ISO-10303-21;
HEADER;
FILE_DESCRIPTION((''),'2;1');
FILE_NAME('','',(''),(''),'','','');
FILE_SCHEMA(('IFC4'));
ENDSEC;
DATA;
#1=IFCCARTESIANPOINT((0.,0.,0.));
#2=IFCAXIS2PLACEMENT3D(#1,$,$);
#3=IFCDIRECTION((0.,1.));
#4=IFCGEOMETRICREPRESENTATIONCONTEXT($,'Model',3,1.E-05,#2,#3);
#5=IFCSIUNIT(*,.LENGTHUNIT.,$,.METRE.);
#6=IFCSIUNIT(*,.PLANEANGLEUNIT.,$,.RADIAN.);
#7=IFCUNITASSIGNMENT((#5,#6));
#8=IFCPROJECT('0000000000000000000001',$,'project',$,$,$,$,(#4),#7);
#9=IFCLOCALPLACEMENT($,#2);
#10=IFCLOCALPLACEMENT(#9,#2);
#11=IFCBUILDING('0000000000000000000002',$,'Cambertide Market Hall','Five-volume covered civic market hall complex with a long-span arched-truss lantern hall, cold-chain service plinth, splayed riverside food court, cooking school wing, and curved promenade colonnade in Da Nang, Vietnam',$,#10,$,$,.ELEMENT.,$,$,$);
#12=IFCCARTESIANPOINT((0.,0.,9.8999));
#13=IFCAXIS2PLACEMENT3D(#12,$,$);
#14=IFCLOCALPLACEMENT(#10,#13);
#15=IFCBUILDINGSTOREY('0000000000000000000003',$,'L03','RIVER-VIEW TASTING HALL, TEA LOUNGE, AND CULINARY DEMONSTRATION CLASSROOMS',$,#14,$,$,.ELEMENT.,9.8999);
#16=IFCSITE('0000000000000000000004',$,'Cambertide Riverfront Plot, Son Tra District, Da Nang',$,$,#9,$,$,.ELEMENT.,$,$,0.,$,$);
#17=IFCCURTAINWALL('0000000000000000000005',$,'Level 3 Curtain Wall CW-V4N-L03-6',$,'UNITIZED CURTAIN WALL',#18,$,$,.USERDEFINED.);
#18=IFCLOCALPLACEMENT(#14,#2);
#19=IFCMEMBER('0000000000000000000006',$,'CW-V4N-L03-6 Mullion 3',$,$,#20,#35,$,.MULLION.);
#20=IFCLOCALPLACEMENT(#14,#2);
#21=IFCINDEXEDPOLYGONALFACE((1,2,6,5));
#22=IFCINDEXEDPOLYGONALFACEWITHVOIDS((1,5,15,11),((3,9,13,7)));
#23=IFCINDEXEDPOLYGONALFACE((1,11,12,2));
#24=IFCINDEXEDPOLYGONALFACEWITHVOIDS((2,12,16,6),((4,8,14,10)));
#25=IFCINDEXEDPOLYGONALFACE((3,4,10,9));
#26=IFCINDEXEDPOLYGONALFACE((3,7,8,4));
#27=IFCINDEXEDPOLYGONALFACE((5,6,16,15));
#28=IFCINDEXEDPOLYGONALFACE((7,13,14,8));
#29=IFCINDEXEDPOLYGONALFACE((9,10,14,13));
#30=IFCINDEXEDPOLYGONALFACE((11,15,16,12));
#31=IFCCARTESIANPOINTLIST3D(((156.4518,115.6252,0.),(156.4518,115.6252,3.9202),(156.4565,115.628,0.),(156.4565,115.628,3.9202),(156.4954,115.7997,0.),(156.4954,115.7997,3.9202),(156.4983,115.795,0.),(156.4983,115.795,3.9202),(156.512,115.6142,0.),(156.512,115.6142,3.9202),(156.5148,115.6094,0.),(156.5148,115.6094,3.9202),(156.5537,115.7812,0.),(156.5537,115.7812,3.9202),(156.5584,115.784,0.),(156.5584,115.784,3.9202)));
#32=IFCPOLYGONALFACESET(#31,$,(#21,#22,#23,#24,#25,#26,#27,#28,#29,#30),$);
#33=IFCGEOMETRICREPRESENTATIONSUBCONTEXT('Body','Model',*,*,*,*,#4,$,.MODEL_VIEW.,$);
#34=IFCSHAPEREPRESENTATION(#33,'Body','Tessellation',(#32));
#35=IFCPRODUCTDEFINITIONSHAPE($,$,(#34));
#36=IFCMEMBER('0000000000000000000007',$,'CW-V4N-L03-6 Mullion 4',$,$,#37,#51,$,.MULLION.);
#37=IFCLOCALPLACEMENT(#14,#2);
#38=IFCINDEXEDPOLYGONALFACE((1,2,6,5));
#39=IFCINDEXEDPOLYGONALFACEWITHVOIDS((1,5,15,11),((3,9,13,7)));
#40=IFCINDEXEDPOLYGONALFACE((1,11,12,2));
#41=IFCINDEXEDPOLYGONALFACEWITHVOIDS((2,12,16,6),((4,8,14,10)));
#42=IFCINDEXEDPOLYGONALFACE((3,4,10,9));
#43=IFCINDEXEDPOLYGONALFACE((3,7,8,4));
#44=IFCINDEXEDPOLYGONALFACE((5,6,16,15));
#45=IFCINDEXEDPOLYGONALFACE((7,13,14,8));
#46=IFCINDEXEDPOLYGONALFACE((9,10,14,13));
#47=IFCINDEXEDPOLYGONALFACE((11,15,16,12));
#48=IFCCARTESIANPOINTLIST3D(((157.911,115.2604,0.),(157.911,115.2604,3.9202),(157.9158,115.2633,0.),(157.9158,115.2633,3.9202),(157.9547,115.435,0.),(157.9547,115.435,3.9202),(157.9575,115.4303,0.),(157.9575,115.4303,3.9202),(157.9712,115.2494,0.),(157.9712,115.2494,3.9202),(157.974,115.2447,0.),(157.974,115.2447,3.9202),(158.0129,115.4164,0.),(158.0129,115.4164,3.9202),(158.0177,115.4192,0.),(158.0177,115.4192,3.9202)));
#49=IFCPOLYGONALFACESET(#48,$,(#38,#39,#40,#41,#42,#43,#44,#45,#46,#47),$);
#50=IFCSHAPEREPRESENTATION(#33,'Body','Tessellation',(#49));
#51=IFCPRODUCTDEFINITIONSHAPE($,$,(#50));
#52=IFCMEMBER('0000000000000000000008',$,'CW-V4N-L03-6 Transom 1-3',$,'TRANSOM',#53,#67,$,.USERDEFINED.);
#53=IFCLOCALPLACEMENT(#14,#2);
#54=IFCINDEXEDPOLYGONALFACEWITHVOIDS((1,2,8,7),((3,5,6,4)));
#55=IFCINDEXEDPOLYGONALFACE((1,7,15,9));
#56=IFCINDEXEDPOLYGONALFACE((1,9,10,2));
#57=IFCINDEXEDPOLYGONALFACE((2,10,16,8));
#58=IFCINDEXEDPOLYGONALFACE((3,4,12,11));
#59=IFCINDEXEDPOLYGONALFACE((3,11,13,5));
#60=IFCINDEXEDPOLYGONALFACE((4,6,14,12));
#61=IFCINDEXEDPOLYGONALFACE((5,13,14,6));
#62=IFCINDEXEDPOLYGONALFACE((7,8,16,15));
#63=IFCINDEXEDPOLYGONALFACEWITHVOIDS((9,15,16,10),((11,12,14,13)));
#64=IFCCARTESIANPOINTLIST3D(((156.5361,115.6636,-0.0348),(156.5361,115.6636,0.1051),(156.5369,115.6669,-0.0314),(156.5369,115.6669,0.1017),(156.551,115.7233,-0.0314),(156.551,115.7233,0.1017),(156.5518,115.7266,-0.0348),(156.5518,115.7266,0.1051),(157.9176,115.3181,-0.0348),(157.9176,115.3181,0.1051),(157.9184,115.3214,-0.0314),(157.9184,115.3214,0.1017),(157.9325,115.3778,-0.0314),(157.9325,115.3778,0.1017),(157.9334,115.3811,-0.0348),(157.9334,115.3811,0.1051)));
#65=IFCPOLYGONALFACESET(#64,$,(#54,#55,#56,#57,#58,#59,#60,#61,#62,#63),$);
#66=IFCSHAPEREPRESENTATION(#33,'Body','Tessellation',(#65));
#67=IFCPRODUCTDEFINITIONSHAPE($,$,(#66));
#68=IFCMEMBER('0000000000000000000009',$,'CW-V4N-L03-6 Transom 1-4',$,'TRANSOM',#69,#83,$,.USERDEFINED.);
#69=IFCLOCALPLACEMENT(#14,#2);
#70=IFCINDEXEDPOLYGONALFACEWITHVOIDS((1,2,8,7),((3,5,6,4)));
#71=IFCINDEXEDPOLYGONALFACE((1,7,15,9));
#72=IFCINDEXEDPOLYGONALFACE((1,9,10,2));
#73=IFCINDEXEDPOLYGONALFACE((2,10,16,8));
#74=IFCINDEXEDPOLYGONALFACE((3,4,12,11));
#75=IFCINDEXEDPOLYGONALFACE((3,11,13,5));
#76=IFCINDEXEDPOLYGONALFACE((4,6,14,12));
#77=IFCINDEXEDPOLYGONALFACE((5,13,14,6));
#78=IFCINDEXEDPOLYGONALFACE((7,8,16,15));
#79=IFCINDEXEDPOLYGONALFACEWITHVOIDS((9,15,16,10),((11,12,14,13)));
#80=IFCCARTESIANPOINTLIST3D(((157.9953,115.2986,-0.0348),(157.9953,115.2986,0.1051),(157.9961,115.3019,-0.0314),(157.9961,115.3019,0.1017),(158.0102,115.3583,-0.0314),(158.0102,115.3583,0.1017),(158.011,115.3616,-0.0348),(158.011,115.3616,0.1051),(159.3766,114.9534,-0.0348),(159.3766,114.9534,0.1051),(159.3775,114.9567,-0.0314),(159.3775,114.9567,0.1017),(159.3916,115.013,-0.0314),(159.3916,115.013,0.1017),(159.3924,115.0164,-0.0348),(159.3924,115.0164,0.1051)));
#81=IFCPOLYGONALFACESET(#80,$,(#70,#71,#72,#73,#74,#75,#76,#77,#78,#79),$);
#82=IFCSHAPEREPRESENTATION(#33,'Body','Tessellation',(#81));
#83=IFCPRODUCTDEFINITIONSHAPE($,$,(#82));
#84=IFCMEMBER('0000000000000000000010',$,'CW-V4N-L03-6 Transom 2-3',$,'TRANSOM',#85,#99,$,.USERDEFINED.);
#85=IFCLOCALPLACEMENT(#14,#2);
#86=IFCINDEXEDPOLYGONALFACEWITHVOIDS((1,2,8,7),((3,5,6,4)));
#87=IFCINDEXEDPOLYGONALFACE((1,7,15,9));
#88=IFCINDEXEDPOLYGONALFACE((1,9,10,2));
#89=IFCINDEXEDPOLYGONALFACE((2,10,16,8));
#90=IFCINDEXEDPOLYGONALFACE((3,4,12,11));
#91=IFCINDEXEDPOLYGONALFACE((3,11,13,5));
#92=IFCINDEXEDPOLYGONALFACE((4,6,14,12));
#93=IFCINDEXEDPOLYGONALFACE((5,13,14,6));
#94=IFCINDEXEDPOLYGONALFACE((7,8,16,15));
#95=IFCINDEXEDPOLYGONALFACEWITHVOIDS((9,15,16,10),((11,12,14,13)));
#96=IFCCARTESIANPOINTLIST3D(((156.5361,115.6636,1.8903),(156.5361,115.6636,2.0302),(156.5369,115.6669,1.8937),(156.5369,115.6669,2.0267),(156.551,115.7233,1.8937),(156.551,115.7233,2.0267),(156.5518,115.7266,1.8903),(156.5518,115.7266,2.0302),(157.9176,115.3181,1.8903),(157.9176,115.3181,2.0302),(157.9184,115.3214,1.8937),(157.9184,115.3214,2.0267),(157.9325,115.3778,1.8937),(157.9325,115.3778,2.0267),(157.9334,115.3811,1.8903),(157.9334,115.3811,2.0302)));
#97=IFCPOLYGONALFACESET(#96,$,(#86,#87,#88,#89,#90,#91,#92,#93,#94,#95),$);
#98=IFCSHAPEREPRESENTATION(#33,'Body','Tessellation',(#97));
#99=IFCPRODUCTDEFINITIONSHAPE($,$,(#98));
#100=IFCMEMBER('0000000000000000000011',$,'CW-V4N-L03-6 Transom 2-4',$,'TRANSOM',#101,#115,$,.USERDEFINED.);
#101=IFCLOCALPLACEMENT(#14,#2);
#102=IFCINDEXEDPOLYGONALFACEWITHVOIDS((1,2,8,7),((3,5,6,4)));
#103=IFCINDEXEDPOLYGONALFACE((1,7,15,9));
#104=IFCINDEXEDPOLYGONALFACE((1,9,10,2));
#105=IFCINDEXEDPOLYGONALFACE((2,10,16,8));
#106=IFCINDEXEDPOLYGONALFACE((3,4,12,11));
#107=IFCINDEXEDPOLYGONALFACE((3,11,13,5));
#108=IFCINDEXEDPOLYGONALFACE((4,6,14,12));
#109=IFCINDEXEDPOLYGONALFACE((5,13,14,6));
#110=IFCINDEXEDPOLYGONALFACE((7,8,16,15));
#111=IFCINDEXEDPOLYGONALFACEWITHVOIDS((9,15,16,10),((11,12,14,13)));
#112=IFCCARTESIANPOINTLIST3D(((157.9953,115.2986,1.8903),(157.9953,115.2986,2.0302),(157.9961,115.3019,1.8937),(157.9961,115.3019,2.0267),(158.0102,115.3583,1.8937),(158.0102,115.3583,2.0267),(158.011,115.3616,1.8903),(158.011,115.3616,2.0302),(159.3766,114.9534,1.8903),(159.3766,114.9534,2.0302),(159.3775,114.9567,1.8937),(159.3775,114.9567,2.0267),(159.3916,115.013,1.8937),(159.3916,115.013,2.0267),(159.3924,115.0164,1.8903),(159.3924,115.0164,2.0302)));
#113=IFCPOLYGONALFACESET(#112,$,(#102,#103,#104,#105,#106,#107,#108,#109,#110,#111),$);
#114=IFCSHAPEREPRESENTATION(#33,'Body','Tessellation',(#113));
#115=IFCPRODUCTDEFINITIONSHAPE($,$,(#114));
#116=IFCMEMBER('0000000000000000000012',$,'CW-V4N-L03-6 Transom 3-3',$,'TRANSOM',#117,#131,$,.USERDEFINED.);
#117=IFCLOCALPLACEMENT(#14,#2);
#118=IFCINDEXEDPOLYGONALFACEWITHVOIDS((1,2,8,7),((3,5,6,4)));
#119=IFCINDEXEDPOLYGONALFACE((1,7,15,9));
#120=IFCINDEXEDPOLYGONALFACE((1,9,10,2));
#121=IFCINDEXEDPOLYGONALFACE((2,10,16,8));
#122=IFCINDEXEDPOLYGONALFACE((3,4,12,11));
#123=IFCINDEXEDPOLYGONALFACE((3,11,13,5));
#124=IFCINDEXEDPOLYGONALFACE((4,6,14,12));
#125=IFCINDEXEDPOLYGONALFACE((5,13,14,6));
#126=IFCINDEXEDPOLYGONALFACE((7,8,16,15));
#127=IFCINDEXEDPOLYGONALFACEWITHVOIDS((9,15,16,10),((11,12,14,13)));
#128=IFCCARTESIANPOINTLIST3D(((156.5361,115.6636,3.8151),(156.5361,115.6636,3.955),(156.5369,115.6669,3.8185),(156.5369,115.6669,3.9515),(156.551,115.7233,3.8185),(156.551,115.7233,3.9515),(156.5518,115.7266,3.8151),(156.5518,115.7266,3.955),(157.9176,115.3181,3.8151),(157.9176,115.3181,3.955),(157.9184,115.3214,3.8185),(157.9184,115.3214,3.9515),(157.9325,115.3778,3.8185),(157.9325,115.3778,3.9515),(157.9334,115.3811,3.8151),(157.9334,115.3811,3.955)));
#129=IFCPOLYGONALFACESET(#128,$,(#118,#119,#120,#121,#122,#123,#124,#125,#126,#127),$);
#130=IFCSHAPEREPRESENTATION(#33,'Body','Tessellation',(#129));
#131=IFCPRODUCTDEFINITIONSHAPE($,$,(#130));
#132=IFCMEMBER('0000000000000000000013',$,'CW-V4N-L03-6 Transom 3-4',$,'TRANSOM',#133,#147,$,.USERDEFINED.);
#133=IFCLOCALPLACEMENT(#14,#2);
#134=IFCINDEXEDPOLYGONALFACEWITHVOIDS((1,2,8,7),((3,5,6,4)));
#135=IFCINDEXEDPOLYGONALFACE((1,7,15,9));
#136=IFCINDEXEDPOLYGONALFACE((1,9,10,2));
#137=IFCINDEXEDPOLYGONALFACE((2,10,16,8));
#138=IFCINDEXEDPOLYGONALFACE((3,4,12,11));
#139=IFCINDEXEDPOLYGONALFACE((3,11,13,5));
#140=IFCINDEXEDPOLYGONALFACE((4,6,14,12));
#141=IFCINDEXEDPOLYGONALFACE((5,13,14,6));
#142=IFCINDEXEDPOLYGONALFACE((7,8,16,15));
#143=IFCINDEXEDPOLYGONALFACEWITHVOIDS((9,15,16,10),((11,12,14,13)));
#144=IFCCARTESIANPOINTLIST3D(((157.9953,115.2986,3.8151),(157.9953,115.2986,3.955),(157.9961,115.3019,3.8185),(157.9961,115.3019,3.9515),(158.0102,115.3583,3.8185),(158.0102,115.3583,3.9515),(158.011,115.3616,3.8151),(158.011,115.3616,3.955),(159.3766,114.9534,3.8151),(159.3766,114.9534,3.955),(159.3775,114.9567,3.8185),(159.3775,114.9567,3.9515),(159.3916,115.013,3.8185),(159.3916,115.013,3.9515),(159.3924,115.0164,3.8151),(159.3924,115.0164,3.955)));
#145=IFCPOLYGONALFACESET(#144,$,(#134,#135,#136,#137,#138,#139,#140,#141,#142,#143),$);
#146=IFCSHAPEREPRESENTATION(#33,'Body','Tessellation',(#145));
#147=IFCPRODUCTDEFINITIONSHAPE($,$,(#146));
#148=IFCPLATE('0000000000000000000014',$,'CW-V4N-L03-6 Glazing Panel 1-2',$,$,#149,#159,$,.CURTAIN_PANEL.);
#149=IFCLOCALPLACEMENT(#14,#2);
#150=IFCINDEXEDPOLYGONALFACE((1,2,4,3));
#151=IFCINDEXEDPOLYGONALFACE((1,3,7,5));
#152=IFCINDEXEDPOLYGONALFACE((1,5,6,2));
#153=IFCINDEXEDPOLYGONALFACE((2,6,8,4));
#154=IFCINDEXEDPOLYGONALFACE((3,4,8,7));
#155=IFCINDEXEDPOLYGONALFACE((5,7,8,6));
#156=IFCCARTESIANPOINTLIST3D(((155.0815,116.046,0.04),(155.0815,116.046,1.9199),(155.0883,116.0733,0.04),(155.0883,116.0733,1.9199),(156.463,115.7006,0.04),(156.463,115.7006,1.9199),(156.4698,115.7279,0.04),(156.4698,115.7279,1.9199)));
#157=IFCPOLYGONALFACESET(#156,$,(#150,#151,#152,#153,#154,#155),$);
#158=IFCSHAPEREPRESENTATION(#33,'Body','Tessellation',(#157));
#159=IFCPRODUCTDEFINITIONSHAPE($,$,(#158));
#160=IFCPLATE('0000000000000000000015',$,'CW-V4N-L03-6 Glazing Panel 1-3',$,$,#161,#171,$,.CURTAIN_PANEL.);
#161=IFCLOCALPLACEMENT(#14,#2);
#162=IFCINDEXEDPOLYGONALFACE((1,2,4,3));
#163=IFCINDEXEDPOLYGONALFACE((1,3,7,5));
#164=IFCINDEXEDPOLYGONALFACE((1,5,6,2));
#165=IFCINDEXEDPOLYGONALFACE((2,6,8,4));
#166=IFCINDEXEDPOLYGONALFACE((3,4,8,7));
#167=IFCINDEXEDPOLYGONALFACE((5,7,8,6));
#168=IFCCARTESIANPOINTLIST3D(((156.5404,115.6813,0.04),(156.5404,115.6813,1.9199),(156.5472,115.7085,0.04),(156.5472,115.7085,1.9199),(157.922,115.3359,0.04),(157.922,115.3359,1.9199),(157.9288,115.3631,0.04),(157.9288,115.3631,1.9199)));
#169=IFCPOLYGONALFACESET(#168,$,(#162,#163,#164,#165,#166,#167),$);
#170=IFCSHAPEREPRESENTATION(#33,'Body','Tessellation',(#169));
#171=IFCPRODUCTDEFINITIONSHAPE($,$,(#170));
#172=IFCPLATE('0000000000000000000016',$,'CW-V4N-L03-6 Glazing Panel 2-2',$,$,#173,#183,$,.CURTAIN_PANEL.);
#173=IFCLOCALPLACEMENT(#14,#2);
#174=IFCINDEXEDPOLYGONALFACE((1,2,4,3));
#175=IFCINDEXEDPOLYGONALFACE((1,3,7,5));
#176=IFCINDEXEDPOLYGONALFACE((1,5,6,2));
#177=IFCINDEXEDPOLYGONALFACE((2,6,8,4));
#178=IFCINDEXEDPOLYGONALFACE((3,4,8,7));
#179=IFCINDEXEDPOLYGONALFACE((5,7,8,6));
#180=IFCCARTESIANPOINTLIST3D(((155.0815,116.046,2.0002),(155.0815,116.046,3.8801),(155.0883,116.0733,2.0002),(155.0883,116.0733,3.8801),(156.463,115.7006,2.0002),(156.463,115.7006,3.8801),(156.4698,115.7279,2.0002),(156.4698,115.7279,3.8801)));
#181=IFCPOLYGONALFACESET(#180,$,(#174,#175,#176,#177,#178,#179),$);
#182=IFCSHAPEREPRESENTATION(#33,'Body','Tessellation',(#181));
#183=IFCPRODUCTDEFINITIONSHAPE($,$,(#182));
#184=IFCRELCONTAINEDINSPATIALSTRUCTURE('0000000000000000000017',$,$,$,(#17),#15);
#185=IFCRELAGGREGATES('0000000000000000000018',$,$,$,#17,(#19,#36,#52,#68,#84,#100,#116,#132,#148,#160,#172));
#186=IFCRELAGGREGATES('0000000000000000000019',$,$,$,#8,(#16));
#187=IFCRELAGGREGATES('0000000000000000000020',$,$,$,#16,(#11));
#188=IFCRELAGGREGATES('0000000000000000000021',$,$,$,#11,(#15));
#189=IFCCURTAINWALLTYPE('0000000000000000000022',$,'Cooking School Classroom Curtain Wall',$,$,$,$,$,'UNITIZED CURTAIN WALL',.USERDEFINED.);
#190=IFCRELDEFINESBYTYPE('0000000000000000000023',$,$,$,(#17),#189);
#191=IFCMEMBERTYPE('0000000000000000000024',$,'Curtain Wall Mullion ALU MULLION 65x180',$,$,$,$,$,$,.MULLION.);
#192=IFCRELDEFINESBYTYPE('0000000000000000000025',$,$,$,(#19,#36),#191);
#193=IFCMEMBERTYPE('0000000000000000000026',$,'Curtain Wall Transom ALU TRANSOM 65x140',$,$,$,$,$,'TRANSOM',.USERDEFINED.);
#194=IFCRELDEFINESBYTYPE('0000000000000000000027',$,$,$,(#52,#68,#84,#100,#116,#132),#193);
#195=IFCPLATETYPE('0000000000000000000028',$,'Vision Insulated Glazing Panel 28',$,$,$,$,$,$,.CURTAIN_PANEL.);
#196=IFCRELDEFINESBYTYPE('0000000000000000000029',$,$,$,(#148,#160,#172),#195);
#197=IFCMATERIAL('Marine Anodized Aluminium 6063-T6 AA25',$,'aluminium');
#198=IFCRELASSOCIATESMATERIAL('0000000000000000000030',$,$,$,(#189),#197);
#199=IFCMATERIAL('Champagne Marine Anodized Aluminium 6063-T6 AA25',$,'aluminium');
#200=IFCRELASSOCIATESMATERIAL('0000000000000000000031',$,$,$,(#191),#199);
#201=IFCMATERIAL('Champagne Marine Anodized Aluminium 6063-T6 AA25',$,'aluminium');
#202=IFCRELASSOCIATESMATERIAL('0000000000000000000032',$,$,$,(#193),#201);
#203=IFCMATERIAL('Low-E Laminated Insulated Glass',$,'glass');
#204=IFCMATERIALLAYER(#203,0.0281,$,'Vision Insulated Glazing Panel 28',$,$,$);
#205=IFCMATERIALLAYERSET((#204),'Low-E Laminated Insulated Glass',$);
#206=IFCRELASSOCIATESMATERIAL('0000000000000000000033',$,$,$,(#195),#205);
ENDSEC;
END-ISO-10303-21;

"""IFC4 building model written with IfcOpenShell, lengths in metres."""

from ifc_helpers import new_model, si_unit, direction, frame, origin, origin_2d, place, context, subcontext, project, spatial, rectangle, hollow_rectangle, extrude, material, layer, layer_set, material_profile, profile_set, type_object, element, aggregate, save


model = new_model("IFC4")

# Units and contexts
model_context = context("Model", 3, precision=1e-05, world=origin(), true_north=direction((0.0, 1.0)))
body_context = subcontext(model_context, "Body", "Model", "MODEL_VIEW")
ifc_project = project(units=[si_unit("LENGTHUNIT", "METRE"), si_unit("PLANEANGLEUNIT", "RADIAN")], contexts=[model_context])

# Site, building, storey
site_placement = place(None, origin())
site = spatial("IfcSite", under=ifc_project, at=site_placement, Name="Cambertide Riverfront Plot, Son Tra District, Da Nang", CompositionType="ELEMENT", RefElevation=0.0)
building_placement = place(site_placement, origin())
building = spatial("IfcBuilding", under=site, at=building_placement, Name="Cambertide Market Hall", Description="Five-volume covered civic market hall complex with a long-span arched-truss lantern hall, cold-chain service plinth, splayed riverside food court, cooking school wing, and curved promenade colonnade in Da Nang, Vietnam", CompositionType="ELEMENT")
storey_placement = place(building_placement, frame((0.0, 0.0, 9.8999)))
storey = spatial("IfcBuildingStorey", under=building, at=storey_placement, Name="L03", Description="RIVER-VIEW TASTING HALL, TEA LOUNGE, AND CULINARY DEMONSTRATION CLASSROOMS", CompositionType="ELEMENT", Elevation=9.8999)

# Curtain wall, members, plates
ifc_material_1 = material(Name="Marine Anodized Aluminium 6063-T6 AA25", Category="aluminium")
curtain_wall_type = type_object("IfcCurtainWallType", Name="Cooking School Classroom Curtain Wall", ElementType="UNITIZED CURTAIN WALL", PredefinedType="USERDEFINED", material=ifc_material_1)
curtain_wall_placement = place(storey_placement, origin())
curtain_wall = element("IfcCurtainWall", 1, at=curtain_wall_placement, inside=storey, type_object=curtain_wall_type, Name="Level 3 Curtain Wall CW-V4N-L03-6", ObjectType="UNITIZED CURTAIN WALL", PredefinedType="USERDEFINED")
ifc_material_2 = material(Name="Champagne Marine Anodized Aluminium 6063-T6 AA25", Category="aluminium")
ifc_material_profile_1 = material_profile(ifc_material_2, hollow_rectangle(XDim=0.0649, YDim=0.1799, WallThickness=0.0039, at=origin_2d()), Name="ALU MULLION 65x180")
ifc_profile_set_1 = profile_set([ifc_material_profile_1], Name="Champagne Marine Anodized Aluminium 6063-T6 AA25")
member_type_1 = type_object("IfcMemberType", Name="Curtain Wall Mullion ALU MULLION 65x180", PredefinedType="MULLION", material=ifc_profile_set_1)
member_1_placement = place(storey_placement, frame((156.5051, 115.7046, 0.0), z_axis=(0.0, 0.0, 1.0), x_axis=(0.970143, -0.242536, 0.0)))
member_1 = element("IfcMember", 2, at=member_1_placement, type_object=member_type_1, Name="CW-V4N-L03-6 Mullion 3", PredefinedType="MULLION", context=body_context, shape_type="SweptSolid", body=[
    extrude(hollow_rectangle(XDim=0.0649, YDim=0.1799, WallThickness=0.0039, at=origin_2d()), origin(), (0.0, 0.0, 1.0), 3.9202),
])
member_2_placement = place(storey_placement, frame((157.9644, 115.3398, 0.0), z_axis=(0.0, 0.0, 1.0), x_axis=(0.970143, -0.242536, 0.0)))
member_2 = element("IfcMember", 3, at=member_2_placement, type_object=member_type_1, Name="CW-V4N-L03-6 Mullion 4", PredefinedType="MULLION", context=body_context, shape_type="SweptSolid", body=[
    extrude(hollow_rectangle(XDim=0.0649, YDim=0.1799, WallThickness=0.0039, at=origin_2d()), origin(), (0.0, 0.0, 1.0), 3.9202),
])
ifc_material_3 = material(Name="Champagne Marine Anodized Aluminium 6063-T6 AA25", Category="aluminium")
ifc_material_profile_2 = material_profile(ifc_material_3, hollow_rectangle(XDim=0.0649, YDim=0.1399, WallThickness=0.0034, at=origin_2d()), Name="ALU TRANSOM 65x140")
ifc_profile_set_2 = profile_set([ifc_material_profile_2], Name="Champagne Marine Anodized Aluminium 6063-T6 AA25")
member_type_2 = type_object("IfcMemberType", Name="Curtain Wall Transom ALU TRANSOM 65x140", ElementType="TRANSOM", PredefinedType="USERDEFINED", material=ifc_profile_set_2)
member_3_placement = place(storey_placement, frame((156.5439, 115.6951, 0.0352), z_axis=(0.970132, -0.242576, 0.0), x_axis=(0.242576, 0.970132, 0.0)))
member_3 = element("IfcMember", 4, at=member_3_placement, type_object=member_type_2, Name="CW-V4N-L03-6 Transom 1-3", ObjectType="TRANSOM", PredefinedType="USERDEFINED", context=body_context, shape_type="SweptSolid", body=[
    extrude(hollow_rectangle(XDim=0.0649, YDim=0.1399, WallThickness=0.0034, at=origin_2d()), origin(), (0.0, 0.0, 1.0), 1.4241),
])
member_4_placement = place(storey_placement, frame((158.0032, 115.3301, 0.0352), z_axis=(0.970163, -0.242455, 0.0), x_axis=(0.242455, 0.970163, 0.0)))
member_4 = element("IfcMember", 5, at=member_4_placement, type_object=member_type_2, Name="CW-V4N-L03-6 Transom 1-4", ObjectType="TRANSOM", PredefinedType="USERDEFINED", context=body_context, shape_type="SweptSolid", body=[
    extrude(hollow_rectangle(XDim=0.0649, YDim=0.1399, WallThickness=0.0034, at=origin_2d()), origin(), (0.0, 0.0, 1.0), 1.4238),
])
member_5_placement = place(storey_placement, frame((156.5439, 115.6951, 1.9602), z_axis=(0.970132, -0.242576, 0.0), x_axis=(0.242576, 0.970132, 0.0)))
member_5 = element("IfcMember", 6, at=member_5_placement, type_object=member_type_2, Name="CW-V4N-L03-6 Transom 2-3", ObjectType="TRANSOM", PredefinedType="USERDEFINED", context=body_context, shape_type="SweptSolid", body=[
    extrude(hollow_rectangle(XDim=0.0649, YDim=0.1399, WallThickness=0.0034, at=origin_2d()), origin(), (0.0, 0.0, 1.0), 1.4241),
])
member_6_placement = place(storey_placement, frame((158.0032, 115.3301, 1.9602), z_axis=(0.970163, -0.242455, 0.0), x_axis=(0.242455, 0.970163, 0.0)))
member_6 = element("IfcMember", 7, at=member_6_placement, type_object=member_type_2, Name="CW-V4N-L03-6 Transom 2-4", ObjectType="TRANSOM", PredefinedType="USERDEFINED", context=body_context, shape_type="SweptSolid", body=[
    extrude(hollow_rectangle(XDim=0.0649, YDim=0.1399, WallThickness=0.0034, at=origin_2d()), origin(), (0.0, 0.0, 1.0), 1.4238),
])
member_7_placement = place(storey_placement, frame((156.5439, 115.6951, 3.885), z_axis=(0.970132, -0.242576, 0.0), x_axis=(0.242576, 0.970132, 0.0)))
member_7 = element("IfcMember", 8, at=member_7_placement, type_object=member_type_2, Name="CW-V4N-L03-6 Transom 3-3", ObjectType="TRANSOM", PredefinedType="USERDEFINED", context=body_context, shape_type="SweptSolid", body=[
    extrude(hollow_rectangle(XDim=0.0649, YDim=0.1399, WallThickness=0.0034, at=origin_2d()), origin(), (0.0, 0.0, 1.0), 1.4241),
])
member_8_placement = place(storey_placement, frame((158.0032, 115.3301, 3.885), z_axis=(0.970163, -0.242455, 0.0), x_axis=(0.242455, 0.970163, 0.0)))
member_8 = element("IfcMember", 9, at=member_8_placement, type_object=member_type_2, Name="CW-V4N-L03-6 Transom 3-4", ObjectType="TRANSOM", PredefinedType="USERDEFINED", context=body_context, shape_type="SweptSolid", body=[
    extrude(hollow_rectangle(XDim=0.0649, YDim=0.1399, WallThickness=0.0034, at=origin_2d()), origin(), (0.0, 0.0, 1.0), 1.4238),
])
ifc_material_4 = material(Name="Low-E Laminated Insulated Glass", Category="glass")
ifc_layer_1 = layer(ifc_material_4, 0.0281, Name="Vision Insulated Glazing Panel 28")
ifc_layer_set_1 = layer_set([ifc_layer_1], Name="Low-E Laminated Insulated Glass")
plate_type = type_object("IfcPlateType", Name="Vision Insulated Glazing Panel 28", PredefinedType="CURTAIN_PANEL", material=ifc_layer_set_1)
plate_1_placement = place(storey_placement, frame((155.7756, 115.887, 0.04), z_axis=(0.0, 0.0, 1.0), x_axis=(0.970143, -0.242536, 0.0)))
plate_1 = element("IfcPlate", 10, at=plate_1_placement, type_object=plate_type, Name="CW-V4N-L03-6 Glazing Panel 1-2", PredefinedType="CURTAIN_PANEL", context=body_context, shape_type="SweptSolid", body=[
    extrude(rectangle(XDim=1.4241, YDim=0.0281, at=origin_2d()), origin(), (0.0, 0.0, 1.0), 1.8799),
])
plate_2_placement = place(storey_placement, frame((157.2346, 115.5222, 0.04), z_axis=(0.0, 0.0, 1.0), x_axis=(0.970143, -0.242536, 0.0)))
plate_2 = element("IfcPlate", 11, at=plate_2_placement, type_object=plate_type, Name="CW-V4N-L03-6 Glazing Panel 1-3", PredefinedType="CURTAIN_PANEL", context=body_context, shape_type="SweptSolid", body=[
    extrude(rectangle(XDim=1.4241, YDim=0.0281, at=origin_2d()), origin(), (0.0, 0.0, 1.0), 1.8799),
])
plate_3_placement = place(storey_placement, frame((155.7756, 115.887, 2.0002), z_axis=(0.0, 0.0, 1.0), x_axis=(0.970143, -0.242536, 0.0)))
plate_3 = element("IfcPlate", 12, at=plate_3_placement, type_object=plate_type, Name="CW-V4N-L03-6 Glazing Panel 2-2", PredefinedType="CURTAIN_PANEL", context=body_context, shape_type="SweptSolid", body=[
    extrude(rectangle(XDim=1.4241, YDim=0.0281, at=origin_2d()), origin(), (0.0, 0.0, 1.0), 1.8799),
])
aggregate(curtain_wall, [member_1, member_2, member_3, member_4, member_5, member_6, member_7, member_8, plate_1, plate_2, plate_3])

save(model, "model.ifc")
